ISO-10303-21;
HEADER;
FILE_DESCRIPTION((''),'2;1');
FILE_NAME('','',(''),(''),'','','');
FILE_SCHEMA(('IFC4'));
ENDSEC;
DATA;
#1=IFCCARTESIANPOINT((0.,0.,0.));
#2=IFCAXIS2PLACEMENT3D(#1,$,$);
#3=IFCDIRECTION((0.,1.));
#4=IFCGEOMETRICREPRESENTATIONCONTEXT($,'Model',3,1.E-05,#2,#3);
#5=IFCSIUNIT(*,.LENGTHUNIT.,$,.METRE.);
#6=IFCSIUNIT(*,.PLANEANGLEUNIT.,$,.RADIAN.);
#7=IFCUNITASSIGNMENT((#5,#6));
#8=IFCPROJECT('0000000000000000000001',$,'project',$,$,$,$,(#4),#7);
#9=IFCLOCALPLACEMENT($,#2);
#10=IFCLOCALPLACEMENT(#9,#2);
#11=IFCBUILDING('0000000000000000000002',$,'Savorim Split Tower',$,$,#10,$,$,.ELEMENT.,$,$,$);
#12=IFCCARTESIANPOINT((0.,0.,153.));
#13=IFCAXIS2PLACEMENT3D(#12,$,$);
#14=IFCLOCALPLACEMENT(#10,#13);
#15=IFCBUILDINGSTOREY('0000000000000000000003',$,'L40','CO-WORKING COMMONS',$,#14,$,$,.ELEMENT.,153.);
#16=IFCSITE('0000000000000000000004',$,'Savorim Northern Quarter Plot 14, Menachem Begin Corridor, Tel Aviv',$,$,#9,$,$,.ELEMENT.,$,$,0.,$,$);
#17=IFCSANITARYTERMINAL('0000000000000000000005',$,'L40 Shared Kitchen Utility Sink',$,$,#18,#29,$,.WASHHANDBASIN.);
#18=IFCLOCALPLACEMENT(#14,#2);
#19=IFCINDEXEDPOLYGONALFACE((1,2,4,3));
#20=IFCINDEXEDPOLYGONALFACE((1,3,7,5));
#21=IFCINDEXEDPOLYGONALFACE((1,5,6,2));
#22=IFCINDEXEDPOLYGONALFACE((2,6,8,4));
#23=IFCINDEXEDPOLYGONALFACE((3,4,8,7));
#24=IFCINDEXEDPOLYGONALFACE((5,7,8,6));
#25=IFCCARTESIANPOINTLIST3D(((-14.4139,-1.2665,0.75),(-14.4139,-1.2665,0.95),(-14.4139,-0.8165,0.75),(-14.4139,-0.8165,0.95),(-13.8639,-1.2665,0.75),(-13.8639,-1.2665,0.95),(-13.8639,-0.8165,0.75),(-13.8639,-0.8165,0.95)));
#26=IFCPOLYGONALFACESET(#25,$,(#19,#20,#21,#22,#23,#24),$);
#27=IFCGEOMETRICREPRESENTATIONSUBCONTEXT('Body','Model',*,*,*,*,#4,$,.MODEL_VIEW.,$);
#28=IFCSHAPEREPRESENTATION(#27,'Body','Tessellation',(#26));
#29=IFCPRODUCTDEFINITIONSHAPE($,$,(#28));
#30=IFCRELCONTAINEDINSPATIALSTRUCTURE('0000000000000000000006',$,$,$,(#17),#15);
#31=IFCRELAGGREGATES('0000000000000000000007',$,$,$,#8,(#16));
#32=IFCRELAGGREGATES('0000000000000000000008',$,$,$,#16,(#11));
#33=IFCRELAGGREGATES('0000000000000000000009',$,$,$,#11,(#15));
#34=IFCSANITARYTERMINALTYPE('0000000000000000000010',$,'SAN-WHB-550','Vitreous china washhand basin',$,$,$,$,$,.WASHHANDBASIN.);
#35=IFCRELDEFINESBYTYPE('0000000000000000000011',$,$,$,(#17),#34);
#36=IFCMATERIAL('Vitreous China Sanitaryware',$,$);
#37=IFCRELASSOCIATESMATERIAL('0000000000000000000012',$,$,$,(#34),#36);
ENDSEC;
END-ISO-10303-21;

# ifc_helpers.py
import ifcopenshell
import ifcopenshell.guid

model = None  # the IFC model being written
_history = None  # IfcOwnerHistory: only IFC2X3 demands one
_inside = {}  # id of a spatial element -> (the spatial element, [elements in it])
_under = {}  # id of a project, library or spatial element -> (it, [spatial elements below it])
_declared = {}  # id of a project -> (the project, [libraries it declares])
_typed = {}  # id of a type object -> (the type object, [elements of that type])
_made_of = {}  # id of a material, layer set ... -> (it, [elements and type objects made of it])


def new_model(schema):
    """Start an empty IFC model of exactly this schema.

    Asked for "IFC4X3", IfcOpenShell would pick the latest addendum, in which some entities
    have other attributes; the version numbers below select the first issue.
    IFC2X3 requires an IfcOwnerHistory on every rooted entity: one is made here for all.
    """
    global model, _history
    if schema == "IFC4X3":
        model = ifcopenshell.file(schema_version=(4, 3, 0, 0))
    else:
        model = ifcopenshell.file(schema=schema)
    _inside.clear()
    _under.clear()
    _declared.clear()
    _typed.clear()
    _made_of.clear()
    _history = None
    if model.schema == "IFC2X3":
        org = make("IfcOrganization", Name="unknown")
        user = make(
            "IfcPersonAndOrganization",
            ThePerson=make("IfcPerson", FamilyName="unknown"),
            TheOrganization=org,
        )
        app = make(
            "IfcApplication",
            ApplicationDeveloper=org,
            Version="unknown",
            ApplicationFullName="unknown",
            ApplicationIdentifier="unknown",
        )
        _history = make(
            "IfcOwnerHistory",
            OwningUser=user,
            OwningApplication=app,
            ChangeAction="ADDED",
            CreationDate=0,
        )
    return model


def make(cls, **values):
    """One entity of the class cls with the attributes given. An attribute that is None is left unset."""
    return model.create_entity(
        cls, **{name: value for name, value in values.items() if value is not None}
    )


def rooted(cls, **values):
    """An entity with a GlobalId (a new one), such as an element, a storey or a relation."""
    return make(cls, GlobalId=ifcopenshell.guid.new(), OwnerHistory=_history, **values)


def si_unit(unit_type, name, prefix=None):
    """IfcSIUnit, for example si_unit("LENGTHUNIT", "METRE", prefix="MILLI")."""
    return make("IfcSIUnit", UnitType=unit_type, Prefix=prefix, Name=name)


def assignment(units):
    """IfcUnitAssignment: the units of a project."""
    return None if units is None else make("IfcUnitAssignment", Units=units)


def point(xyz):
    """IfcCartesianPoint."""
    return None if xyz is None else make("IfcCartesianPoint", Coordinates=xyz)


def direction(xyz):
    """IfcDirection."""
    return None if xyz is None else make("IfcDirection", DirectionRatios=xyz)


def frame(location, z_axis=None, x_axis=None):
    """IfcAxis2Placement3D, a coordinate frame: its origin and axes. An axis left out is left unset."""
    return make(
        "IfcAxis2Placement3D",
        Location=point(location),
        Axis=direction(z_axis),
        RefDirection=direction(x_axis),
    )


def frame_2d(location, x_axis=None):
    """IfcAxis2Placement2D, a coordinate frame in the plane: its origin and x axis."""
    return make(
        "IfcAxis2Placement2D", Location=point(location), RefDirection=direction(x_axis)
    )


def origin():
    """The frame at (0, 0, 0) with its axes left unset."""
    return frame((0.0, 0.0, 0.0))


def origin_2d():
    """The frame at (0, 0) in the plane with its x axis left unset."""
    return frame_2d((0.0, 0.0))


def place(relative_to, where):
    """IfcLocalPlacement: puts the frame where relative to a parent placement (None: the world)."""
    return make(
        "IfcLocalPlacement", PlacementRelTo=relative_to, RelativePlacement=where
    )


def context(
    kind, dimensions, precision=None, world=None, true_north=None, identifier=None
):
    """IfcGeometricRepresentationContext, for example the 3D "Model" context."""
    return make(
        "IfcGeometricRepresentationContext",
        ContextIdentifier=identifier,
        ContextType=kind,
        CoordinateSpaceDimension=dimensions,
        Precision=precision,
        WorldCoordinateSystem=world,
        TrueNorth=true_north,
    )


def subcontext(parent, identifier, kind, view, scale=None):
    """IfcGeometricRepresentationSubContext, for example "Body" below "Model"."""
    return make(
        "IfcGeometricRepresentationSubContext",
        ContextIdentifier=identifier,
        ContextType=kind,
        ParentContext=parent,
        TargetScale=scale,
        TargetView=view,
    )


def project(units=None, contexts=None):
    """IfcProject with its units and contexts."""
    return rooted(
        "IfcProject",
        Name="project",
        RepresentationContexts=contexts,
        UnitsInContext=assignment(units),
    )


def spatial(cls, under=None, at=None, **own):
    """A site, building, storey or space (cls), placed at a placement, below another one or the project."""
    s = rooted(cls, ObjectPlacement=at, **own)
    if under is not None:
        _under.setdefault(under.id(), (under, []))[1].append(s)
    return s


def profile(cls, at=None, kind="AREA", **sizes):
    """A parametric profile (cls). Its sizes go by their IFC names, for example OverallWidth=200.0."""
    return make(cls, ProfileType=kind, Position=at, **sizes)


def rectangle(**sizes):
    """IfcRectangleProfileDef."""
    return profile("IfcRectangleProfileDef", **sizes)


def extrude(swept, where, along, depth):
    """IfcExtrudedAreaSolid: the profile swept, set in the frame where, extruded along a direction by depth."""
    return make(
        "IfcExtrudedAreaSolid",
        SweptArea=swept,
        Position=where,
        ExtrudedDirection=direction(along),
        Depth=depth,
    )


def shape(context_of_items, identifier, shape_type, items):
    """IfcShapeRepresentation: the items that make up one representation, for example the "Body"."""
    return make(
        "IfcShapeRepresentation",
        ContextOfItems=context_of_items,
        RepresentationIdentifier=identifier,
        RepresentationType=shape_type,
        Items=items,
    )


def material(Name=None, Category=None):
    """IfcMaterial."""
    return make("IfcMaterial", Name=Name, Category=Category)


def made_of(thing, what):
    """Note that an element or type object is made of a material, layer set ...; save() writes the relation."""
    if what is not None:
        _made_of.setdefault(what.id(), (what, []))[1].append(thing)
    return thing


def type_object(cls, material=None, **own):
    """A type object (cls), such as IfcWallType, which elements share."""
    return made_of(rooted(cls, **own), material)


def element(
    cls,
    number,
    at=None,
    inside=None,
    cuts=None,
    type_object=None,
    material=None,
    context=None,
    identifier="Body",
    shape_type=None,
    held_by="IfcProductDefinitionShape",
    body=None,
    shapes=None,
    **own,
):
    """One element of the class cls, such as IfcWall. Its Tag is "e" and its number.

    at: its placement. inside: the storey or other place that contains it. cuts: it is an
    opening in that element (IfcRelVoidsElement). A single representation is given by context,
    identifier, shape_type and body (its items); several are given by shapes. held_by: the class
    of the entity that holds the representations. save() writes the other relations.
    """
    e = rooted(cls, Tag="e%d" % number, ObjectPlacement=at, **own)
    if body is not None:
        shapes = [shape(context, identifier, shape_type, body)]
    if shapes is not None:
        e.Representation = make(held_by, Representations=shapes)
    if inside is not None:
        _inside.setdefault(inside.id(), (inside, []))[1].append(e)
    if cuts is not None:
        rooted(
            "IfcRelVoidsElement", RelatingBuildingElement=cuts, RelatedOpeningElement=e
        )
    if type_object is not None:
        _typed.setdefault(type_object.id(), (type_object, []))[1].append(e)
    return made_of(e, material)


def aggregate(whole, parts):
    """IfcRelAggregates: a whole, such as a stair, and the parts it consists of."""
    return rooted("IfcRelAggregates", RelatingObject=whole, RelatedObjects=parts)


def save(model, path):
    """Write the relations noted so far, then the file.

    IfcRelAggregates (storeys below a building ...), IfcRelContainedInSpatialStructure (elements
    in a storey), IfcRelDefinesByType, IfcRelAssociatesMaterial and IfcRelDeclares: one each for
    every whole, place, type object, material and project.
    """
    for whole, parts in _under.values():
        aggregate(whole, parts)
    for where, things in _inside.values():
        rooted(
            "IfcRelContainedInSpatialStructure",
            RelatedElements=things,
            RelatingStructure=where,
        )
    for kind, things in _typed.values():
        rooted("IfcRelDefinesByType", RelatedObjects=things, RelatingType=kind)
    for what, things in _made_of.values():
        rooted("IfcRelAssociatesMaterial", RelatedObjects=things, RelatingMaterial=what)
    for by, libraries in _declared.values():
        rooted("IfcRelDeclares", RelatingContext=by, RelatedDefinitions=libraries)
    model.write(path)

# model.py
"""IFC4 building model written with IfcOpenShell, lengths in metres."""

from ifc_helpers import new_model, si_unit, direction, frame, origin, origin_2d, place, context, subcontext, project, spatial, rectangle, extrude, material, type_object, element, save


model = new_model("IFC4")

# Units and contexts
model_context = context("Model", 3, precision=1e-05, world=origin(), true_north=direction((0.0, 1.0)))
body_context = subcontext(model_context, "Body", "Model", "MODEL_VIEW")
ifc_project = project(units=[si_unit("LENGTHUNIT", "METRE"), si_unit("PLANEANGLEUNIT", "RADIAN")], contexts=[model_context])

# Site, building, storey
site_placement = place(None, origin())
site = spatial("IfcSite", under=ifc_project, at=site_placement, Name="Savorim Northern Quarter Plot 14, Menachem Begin Corridor, Tel Aviv", CompositionType="ELEMENT", RefElevation=0.0)
building_placement = place(site_placement, origin())
building = spatial("IfcBuilding", under=site, at=building_placement, Name="Savorim Split Tower", CompositionType="ELEMENT")
storey_placement = place(building_placement, frame((0.0, 0.0, 153.0)))
storey = spatial("IfcBuildingStorey", under=building, at=storey_placement, Name="L40", Description="CO-WORKING COMMONS", CompositionType="ELEMENT", Elevation=153.0)

# Sanitary terminal
ifc_material_1 = material(Name="Vitreous China Sanitaryware")
sanitary_terminal_type_1 = type_object("IfcSanitaryTerminalType", Name="SAN-WHB-550", Description="Vitreous china washhand basin", PredefinedType="WASHHANDBASIN", material=ifc_material_1)
for number, where, z_axis, x_axis, name in (
    (1, (-14.1389, -1.0415, 0.75), (0.0, 0.0, 1.0), (1.0, 0.0, 0.0), "L40 Shared Kitchen Utility Sink"),
):
    element("IfcSanitaryTerminal", number, at=place(storey_placement, frame(where, z_axis=z_axis, x_axis=x_axis)), inside=storey, type_object=sanitary_terminal_type_1, Name=name, PredefinedType="WASHHANDBASIN", context=body_context, shape_type="SweptSolid", body=[
        extrude(rectangle(XDim=0.55, YDim=0.45, at=origin_2d()), origin(), (0.0, 0.0, 1.0), 0.2),
    ])

save(model, "model.ifc")
